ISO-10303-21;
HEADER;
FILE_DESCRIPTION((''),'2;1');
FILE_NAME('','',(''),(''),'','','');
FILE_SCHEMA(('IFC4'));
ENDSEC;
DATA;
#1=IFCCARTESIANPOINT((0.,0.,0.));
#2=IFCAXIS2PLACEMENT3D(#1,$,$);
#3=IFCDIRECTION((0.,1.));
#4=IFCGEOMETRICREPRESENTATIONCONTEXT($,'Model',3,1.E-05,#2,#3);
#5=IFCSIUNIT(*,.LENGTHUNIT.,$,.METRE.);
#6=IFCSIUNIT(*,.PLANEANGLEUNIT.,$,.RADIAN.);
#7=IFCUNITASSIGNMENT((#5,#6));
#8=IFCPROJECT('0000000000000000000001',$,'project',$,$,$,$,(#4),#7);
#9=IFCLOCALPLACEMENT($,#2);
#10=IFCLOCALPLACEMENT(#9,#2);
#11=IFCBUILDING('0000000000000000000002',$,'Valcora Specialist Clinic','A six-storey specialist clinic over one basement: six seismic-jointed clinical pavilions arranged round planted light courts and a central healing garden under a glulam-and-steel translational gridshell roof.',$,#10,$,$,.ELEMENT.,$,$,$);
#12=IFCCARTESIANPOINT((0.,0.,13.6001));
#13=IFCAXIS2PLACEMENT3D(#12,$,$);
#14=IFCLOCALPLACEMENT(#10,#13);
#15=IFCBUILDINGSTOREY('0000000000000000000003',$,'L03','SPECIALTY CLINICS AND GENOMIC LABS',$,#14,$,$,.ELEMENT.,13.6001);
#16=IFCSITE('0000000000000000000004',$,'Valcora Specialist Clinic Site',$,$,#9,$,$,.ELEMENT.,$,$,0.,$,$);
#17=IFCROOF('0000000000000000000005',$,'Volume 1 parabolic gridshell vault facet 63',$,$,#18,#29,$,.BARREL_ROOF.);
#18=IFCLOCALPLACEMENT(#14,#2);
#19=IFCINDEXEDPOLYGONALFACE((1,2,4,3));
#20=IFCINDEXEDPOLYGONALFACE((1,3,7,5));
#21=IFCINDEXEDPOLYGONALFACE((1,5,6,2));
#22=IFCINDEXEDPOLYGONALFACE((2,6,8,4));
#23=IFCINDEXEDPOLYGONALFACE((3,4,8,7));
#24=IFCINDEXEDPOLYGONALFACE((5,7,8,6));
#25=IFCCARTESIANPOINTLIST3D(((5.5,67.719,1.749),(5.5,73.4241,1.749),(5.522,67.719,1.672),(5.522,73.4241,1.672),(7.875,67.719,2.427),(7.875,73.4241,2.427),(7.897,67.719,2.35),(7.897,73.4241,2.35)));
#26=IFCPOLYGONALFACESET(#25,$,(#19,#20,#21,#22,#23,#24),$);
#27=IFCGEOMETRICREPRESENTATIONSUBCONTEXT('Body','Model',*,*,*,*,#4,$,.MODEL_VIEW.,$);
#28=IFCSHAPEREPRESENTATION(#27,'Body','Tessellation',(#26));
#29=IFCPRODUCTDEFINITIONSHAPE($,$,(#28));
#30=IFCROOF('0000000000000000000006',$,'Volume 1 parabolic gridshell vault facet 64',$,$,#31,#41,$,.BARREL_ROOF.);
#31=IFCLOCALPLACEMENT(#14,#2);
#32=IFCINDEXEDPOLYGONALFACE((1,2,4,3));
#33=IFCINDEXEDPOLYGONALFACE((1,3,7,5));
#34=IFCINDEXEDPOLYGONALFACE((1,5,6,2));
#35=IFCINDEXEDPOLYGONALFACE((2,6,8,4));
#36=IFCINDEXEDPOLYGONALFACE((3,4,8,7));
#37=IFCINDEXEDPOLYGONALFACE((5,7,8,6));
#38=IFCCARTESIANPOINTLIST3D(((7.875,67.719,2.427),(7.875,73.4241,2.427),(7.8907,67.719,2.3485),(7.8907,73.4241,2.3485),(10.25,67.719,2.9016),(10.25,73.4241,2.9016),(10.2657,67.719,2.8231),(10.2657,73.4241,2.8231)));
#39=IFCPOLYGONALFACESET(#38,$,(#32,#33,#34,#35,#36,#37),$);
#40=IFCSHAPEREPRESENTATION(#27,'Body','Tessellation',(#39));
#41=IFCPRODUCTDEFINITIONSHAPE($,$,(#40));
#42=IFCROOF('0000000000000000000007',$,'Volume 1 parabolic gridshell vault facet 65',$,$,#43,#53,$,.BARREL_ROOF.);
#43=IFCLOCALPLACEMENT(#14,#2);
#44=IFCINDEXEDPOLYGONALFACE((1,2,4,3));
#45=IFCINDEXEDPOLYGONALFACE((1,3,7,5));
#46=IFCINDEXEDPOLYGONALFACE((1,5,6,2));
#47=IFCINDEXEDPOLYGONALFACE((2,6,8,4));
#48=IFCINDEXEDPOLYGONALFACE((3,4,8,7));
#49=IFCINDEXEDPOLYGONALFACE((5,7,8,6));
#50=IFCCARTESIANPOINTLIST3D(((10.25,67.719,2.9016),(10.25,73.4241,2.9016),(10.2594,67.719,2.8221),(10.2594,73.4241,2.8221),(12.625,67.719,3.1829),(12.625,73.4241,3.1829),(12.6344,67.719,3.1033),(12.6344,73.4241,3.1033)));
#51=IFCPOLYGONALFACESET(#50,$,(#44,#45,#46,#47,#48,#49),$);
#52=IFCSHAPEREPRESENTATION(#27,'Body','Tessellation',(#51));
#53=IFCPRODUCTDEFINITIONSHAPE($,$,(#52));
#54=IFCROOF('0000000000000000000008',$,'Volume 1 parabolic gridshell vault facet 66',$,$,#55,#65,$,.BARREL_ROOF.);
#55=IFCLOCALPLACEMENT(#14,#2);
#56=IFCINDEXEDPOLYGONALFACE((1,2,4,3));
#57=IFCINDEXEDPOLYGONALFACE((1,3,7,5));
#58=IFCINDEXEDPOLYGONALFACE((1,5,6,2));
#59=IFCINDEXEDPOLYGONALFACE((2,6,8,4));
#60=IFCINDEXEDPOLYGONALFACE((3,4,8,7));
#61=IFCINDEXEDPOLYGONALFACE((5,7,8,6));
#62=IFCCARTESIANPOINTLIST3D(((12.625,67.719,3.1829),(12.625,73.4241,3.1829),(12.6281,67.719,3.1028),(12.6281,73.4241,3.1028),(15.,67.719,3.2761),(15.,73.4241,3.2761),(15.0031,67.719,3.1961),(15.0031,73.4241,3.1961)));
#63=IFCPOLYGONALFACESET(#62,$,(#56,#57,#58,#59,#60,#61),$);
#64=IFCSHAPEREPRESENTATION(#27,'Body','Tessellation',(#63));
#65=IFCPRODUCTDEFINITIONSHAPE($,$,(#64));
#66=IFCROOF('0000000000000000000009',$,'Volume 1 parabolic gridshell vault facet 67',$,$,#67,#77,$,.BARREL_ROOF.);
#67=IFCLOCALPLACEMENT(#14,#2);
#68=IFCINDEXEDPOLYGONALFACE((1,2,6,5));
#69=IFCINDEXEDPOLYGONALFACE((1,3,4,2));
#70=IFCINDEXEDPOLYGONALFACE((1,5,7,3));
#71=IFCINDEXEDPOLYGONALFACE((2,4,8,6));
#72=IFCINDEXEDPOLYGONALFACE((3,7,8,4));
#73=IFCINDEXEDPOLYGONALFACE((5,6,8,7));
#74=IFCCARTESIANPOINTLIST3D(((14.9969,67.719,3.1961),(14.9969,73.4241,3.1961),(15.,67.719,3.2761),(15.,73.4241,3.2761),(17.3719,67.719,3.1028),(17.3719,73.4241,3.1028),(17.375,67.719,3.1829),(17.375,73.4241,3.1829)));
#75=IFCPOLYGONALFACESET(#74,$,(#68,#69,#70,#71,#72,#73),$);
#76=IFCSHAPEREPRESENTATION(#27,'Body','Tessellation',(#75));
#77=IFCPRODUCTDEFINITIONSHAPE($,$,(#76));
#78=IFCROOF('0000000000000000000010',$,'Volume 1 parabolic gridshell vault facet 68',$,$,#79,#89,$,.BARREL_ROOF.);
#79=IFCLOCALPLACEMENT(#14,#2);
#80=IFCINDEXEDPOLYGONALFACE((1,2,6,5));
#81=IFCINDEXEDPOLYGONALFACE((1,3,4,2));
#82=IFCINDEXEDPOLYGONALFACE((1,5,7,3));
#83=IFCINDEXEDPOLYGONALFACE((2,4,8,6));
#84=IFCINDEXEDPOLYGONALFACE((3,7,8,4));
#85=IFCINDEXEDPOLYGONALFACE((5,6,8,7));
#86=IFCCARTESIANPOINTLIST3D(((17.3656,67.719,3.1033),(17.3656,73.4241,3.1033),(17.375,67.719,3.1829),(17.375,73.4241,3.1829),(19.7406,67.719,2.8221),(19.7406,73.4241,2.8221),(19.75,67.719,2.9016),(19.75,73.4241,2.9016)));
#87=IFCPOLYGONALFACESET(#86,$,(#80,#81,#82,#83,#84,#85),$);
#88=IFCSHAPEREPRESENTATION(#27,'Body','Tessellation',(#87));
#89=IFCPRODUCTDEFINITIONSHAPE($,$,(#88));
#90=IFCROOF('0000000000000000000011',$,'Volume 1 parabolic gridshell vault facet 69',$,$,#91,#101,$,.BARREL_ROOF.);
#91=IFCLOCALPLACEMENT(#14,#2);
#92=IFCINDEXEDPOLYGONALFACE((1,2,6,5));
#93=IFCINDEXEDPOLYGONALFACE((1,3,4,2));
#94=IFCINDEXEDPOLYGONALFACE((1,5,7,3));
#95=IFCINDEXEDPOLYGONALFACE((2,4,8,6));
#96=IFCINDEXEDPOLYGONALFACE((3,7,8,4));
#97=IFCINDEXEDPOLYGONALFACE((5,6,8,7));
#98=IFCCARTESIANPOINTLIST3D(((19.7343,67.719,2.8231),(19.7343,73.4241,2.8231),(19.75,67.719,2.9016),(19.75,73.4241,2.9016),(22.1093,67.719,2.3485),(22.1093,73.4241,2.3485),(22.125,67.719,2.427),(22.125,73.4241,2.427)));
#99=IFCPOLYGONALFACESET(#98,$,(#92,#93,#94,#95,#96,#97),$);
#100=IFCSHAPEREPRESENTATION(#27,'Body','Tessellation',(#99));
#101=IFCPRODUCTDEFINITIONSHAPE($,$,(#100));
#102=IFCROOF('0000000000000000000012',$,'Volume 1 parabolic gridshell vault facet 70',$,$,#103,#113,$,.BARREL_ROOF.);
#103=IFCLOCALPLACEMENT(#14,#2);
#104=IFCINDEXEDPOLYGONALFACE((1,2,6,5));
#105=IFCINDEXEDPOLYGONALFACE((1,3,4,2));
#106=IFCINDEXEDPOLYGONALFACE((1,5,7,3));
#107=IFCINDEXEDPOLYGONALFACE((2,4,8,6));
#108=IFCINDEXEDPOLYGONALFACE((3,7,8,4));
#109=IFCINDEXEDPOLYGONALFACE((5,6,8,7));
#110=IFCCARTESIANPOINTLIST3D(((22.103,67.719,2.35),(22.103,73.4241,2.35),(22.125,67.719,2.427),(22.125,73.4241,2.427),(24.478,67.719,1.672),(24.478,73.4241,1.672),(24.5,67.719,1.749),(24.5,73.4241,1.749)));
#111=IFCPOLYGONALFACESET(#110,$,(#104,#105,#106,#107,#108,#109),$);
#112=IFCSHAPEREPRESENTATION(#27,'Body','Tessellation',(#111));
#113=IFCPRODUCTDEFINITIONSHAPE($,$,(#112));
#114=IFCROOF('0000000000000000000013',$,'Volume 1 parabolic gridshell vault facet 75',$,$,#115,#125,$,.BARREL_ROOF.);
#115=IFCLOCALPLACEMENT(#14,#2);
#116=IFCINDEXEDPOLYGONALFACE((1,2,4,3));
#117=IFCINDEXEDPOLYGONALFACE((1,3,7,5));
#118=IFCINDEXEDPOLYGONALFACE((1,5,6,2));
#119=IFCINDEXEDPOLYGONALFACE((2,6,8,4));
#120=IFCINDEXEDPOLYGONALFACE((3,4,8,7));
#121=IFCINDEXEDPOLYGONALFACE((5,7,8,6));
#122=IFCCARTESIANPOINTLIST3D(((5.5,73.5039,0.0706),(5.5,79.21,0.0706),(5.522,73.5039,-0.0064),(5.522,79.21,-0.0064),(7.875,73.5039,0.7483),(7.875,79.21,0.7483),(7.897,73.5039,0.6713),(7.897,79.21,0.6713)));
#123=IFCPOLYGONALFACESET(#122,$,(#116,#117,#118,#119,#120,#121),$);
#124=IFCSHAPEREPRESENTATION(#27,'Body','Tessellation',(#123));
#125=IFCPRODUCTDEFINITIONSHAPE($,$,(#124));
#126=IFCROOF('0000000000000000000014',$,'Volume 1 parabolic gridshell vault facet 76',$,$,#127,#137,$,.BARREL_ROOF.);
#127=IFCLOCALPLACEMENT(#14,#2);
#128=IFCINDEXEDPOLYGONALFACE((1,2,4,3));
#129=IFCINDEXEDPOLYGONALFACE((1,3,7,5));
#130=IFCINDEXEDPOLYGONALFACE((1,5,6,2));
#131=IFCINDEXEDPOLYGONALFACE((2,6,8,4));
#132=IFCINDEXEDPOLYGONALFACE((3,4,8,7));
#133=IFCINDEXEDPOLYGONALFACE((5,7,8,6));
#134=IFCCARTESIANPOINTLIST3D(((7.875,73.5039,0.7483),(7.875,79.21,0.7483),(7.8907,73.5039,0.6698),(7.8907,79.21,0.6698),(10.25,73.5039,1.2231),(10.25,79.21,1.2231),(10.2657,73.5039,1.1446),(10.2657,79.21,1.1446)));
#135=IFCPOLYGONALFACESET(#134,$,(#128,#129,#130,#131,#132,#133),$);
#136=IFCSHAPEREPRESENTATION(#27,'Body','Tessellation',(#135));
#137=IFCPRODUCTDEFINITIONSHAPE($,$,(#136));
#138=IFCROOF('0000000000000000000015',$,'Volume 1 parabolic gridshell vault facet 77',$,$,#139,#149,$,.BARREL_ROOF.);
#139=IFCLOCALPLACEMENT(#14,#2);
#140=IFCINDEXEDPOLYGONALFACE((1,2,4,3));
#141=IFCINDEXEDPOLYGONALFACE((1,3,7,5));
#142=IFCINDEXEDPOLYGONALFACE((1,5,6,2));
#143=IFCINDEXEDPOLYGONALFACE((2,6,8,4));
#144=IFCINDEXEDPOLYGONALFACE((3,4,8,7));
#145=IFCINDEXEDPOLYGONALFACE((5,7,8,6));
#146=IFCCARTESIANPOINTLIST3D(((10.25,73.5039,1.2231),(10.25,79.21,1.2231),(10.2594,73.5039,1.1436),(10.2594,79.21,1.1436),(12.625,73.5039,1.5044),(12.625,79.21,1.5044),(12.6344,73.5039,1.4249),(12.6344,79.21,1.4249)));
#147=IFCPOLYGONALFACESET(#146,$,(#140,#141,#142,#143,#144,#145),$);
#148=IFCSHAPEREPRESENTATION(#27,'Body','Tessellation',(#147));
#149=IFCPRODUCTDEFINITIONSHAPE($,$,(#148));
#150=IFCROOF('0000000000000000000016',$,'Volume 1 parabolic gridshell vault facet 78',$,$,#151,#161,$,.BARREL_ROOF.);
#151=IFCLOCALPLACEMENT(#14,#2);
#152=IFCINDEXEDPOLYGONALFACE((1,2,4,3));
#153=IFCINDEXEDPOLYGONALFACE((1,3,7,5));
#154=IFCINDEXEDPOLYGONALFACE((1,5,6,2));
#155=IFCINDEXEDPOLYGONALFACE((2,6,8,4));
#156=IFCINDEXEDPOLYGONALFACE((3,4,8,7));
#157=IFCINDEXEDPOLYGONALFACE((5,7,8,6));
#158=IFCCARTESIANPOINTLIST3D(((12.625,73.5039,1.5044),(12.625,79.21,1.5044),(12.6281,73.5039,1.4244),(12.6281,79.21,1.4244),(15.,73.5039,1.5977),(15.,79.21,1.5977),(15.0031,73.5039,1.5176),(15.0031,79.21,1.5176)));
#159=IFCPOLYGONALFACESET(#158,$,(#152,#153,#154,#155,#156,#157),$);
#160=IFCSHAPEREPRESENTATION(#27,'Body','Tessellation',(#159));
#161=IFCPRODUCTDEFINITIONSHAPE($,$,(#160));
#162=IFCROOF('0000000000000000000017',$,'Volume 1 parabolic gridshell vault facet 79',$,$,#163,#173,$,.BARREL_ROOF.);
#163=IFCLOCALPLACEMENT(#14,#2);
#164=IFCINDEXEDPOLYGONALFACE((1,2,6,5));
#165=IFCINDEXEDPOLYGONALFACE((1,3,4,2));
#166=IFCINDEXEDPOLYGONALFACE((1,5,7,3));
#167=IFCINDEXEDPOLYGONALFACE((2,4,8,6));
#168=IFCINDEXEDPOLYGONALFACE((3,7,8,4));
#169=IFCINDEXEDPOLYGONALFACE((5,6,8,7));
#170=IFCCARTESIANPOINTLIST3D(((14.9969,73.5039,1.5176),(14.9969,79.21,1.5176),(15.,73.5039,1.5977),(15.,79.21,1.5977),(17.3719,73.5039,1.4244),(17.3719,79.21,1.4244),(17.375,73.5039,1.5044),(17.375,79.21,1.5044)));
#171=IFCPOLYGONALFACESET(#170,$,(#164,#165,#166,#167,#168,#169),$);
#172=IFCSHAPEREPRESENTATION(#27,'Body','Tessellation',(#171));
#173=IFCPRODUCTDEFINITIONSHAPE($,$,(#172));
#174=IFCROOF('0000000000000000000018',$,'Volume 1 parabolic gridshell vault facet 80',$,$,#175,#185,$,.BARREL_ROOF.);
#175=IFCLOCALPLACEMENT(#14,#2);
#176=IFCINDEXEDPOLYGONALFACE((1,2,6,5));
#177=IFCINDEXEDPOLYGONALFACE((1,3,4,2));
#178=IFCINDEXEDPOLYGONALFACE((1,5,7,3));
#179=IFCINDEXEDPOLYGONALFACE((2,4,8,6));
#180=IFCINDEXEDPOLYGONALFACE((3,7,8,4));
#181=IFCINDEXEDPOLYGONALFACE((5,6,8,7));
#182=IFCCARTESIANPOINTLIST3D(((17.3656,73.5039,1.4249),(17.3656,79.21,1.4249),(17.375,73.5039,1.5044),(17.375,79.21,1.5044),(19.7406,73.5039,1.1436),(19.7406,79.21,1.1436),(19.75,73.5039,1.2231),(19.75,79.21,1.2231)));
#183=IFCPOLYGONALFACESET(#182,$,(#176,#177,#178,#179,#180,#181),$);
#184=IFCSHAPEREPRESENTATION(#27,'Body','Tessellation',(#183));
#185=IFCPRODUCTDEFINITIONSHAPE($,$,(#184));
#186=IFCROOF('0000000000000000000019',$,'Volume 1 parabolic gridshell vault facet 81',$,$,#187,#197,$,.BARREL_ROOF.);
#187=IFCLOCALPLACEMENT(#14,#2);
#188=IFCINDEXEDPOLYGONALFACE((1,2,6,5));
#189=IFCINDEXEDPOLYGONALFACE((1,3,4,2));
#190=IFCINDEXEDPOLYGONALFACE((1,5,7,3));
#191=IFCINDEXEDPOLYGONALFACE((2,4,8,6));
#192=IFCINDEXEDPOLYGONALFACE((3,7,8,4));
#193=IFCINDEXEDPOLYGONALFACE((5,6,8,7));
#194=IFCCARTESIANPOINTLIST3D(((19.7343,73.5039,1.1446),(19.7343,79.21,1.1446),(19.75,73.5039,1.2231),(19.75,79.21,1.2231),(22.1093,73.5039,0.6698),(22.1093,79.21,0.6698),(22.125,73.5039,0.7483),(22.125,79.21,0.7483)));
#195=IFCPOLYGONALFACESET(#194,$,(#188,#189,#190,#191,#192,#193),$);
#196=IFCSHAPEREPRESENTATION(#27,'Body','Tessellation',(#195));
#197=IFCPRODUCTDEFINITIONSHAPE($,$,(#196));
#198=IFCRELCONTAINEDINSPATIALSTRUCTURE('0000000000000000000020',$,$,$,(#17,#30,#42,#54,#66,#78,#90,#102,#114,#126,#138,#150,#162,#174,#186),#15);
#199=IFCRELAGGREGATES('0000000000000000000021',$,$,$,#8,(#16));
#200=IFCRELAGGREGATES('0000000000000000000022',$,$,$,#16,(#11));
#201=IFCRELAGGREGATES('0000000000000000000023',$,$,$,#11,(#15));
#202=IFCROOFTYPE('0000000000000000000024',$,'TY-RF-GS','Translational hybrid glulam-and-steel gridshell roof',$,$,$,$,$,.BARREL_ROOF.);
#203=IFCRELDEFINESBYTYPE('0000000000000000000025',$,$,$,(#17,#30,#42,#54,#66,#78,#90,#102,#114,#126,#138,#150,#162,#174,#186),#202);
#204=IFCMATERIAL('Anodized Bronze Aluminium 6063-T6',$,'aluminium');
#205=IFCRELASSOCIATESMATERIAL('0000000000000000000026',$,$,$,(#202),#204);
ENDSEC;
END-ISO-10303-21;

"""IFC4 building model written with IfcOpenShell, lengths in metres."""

from ifc_helpers import new_model, si_unit, direction, frame, origin, place, context, subcontext, project, spatial, polyline, outline, extrude, material, type_object, element, save


model = new_model("IFC4")

# Units and contexts
model_context = context("Model", 3, precision=1e-05, world=origin(), true_north=direction((0.0, 1.0)))
body_context = subcontext(model_context, "Body", "Model", "MODEL_VIEW")
ifc_project = project(units=[si_unit("LENGTHUNIT", "METRE"), si_unit("PLANEANGLEUNIT", "RADIAN")], contexts=[model_context])

# Site, building, storey
site_placement = place(None, origin())
site = spatial("IfcSite", under=ifc_project, at=site_placement, Name="Valcora Specialist Clinic Site", CompositionType="ELEMENT", RefElevation=0.0)
building_placement = place(site_placement, origin())
building = spatial("IfcBuilding", under=site, at=building_placement, Name="Valcora Specialist Clinic", Description="A six-storey specialist clinic over one basement: six seismic-jointed clinical pavilions arranged round planted light courts and a central healing garden under a glulam-and-steel translational gridshell roof.", CompositionType="ELEMENT")
storey_placement = place(building_placement, frame((0.0, 0.0, 13.6001)))
storey = spatial("IfcBuildingStorey", under=building, at=storey_placement, Name="L03", Description="SPECIALTY CLINICS AND GENOMIC LABS", CompositionType="ELEMENT", Elevation=13.6001)

# Roofs
ifc_material_1 = material(Name="Anodized Bronze Aluminium 6063-T6", Category="aluminium")
roof_type = type_object("IfcRoofType", Name="TY-RF-GS", Description="Translational hybrid glulam-and-steel gridshell roof", PredefinedType="BARREL_ROOF", material=ifc_material_1)
roof_1_placement = place(storey_placement, frame((5.5, 67.719, 1.749), z_axis=(-0.274499, 0.0, 0.961587), x_axis=(0.961587, 0.0, 0.274499)))
element("IfcRoof", 1, at=roof_1_placement, inside=storey, type_object=roof_type, Name="Volume 1 parabolic gridshell vault facet 63", PredefinedType="BARREL_ROOF", context=body_context, shape_type="SweptSolid", body=[
    extrude(outline(polyline([(0.0, 0.0), (2.4699, 0.0), (2.4699, 5.7051), (0.0, 5.7051), (0.0, 0.0)])), origin(), (0.0, 0.0, -1.0), 0.0801),
])
roof_2_placement = place(storey_placement, frame((7.875, 67.719, 2.427), z_axis=(-0.195961, 0.0, 0.980612), x_axis=(0.980612, 0.0, 0.195961)))
element("IfcRoof", 2, at=roof_2_placement, inside=storey, type_object=roof_type, Name="Volume 1 parabolic gridshell vault facet 64", PredefinedType="BARREL_ROOF", context=body_context, shape_type="SweptSolid", body=[
    extrude(outline(polyline([(0.0, 0.0), (2.422, 0.0), (2.422, 5.7051), (0.0, 5.7051), (0.0, 0.0)])), origin(), (0.0, 0.0, -1.0), 0.0801),
])
roof_3_placement = place(storey_placement, frame((10.25, 67.719, 2.9016), z_axis=(-0.117599, 0.0, 0.993061), x_axis=(0.993061, 0.0, 0.117599)))
element("IfcRoof", 3, at=roof_3_placement, inside=storey, type_object=roof_type, Name="Volume 1 parabolic gridshell vault facet 65", PredefinedType="BARREL_ROOF", context=body_context, shape_type="SweptSolid", body=[
    extrude(outline(polyline([(0.0, 0.0), (2.3916, 0.0), (2.3916, 5.7051), (0.0, 5.7051), (0.0, 0.0)])), origin(), (0.0, 0.0, -1.0), 0.0801),
])
for number, where, z_axis, x_axis, name in (
    (4, (12.625, 67.719, 3.1829), (-0.039238, 0.0, 0.99923), (0.99923, 0.0, 0.039238), "Volume 1 parabolic gridshell vault facet 66"),
    (5, (15.0, 67.719, 3.2761), (0.039238, 0.0, 0.99923), (0.99923, 0.0, -0.039238), "Volume 1 parabolic gridshell vault facet 67"),
):
    element("IfcRoof", number, at=place(storey_placement, frame(where, z_axis=z_axis, x_axis=x_axis)), inside=storey, type_object=roof_type, Name=name, PredefinedType="BARREL_ROOF", context=body_context, shape_type="SweptSolid", body=[
        extrude(outline(polyline([(0.0, 0.0), (2.3768, 0.0), (2.3768, 5.7051), (0.0, 5.7051), (0.0, 0.0)])), origin(), (0.0, 0.0, -1.0), 0.0801),
    ])
roof_4_placement = place(storey_placement, frame((17.375, 67.719, 3.1829), z_axis=(0.117599, 0.0, 0.993061), x_axis=(0.993061, 0.0, -0.117599)))
element("IfcRoof", 6, at=roof_4_placement, inside=storey, type_object=roof_type, Name="Volume 1 parabolic gridshell vault facet 68", PredefinedType="BARREL_ROOF", context=body_context, shape_type="SweptSolid", body=[
    extrude(outline(polyline([(0.0, 0.0), (2.3916, 0.0), (2.3916, 5.7051), (0.0, 5.7051), (0.0, 0.0)])), origin(), (0.0, 0.0, -1.0), 0.0801),
])
roof_5_placement = place(storey_placement, frame((19.75, 67.719, 2.9016), z_axis=(0.195961, 0.0, 0.980612), x_axis=(0.980612, 0.0, -0.195961)))
element("IfcRoof", 7, at=roof_5_placement, inside=storey, type_object=roof_type, Name="Volume 1 parabolic gridshell vault facet 69", PredefinedType="BARREL_ROOF", context=body_context, shape_type="SweptSolid", body=[
    extrude(outline(polyline([(0.0, 0.0), (2.422, 0.0), (2.422, 5.7051), (0.0, 5.7051), (0.0, 0.0)])), origin(), (0.0, 0.0, -1.0), 0.0801),
])
roof_6_placement = place(storey_placement, frame((22.125, 67.719, 2.427), z_axis=(0.274499, 0.0, 0.961587), x_axis=(0.961587, 0.0, -0.274499)))
element("IfcRoof", 8, at=roof_6_placement, inside=storey, type_object=roof_type, Name="Volume 1 parabolic gridshell vault facet 70", PredefinedType="BARREL_ROOF", context=body_context, shape_type="SweptSolid", body=[
    extrude(outline(polyline([(0.0, 0.0), (2.4699, 0.0), (2.4699, 5.7051), (0.0, 5.7051), (0.0, 0.0)])), origin(), (0.0, 0.0, -1.0), 0.0801),
])
roof_7_placement = place(storey_placement, frame((5.5, 73.5039, 0.0706), z_axis=(-0.274408, 0.0, 0.961613), x_axis=(0.961613, 0.0, 0.274408)))
element("IfcRoof", 9, at=roof_7_placement, inside=storey, type_object=roof_type, Name="Volume 1 parabolic gridshell vault facet 75", PredefinedType="BARREL_ROOF", context=body_context, shape_type="SweptSolid", body=[
    extrude(outline(polyline([(0.0, 0.0), (2.4698, 0.0), (2.4698, 5.7061), (0.0, 5.7061), (0.0, 0.0)])), origin(), (0.0, 0.0, -1.0), 0.0801),
])
roof_8_placement = place(storey_placement, frame((7.875, 73.5039, 0.7483), z_axis=(-0.196058, 0.0, 0.980592), x_axis=(0.980592, 0.0, 0.196058)))
element("IfcRoof", 10, at=roof_8_placement, inside=storey, type_object=roof_type, Name="Volume 1 parabolic gridshell vault facet 76", PredefinedType="BARREL_ROOF", context=body_context, shape_type="SweptSolid", body=[
    extrude(outline(polyline([(0.0, 0.0), (2.422, 0.0), (2.422, 5.7061), (0.0, 5.7061), (0.0, 0.0)])), origin(), (0.0, 0.0, -1.0), 0.0801),
])
roof_9_placement = place(storey_placement, frame((10.25, 73.5039, 1.2231), z_axis=(-0.117599, 0.0, 0.993061), x_axis=(0.993061, 0.0, 0.117599)))
element("IfcRoof", 11, at=roof_9_placement, inside=storey, type_object=roof_type, Name="Volume 1 parabolic gridshell vault facet 77", PredefinedType="BARREL_ROOF", context=body_context, shape_type="SweptSolid", body=[
    extrude(outline(polyline([(0.0, 0.0), (2.3916, 0.0), (2.3916, 5.7061), (0.0, 5.7061), (0.0, 0.0)])), origin(), (0.0, 0.0, -1.0), 0.0801),
])
for number, where, z_axis, x_axis, name in (
    (12, (12.625, 73.5039, 1.5044), (-0.039238, 0.0, 0.99923), (0.99923, 0.0, 0.039238), "Volume 1 parabolic gridshell vault facet 78"),
    (13, (15.0, 73.5039, 1.5977), (0.039238, 0.0, 0.99923), (0.99923, 0.0, -0.039238), "Volume 1 parabolic gridshell vault facet 79"),
):
    element("IfcRoof", number, at=place(storey_placement, frame(where, z_axis=z_axis, x_axis=x_axis)), inside=storey, type_object=roof_type, Name=name, PredefinedType="BARREL_ROOF", context=body_context, shape_type="SweptSolid", body=[
        extrude(outline(polyline([(0.0, 0.0), (2.3768, 0.0), (2.3768, 5.7061), (0.0, 5.7061), (0.0, 0.0)])), origin(), (0.0, 0.0, -1.0), 0.0801),
    ])
roof_10_placement = place(storey_placement, frame((17.375, 73.5039, 1.5044), z_axis=(0.117599, 0.0, 0.993061), x_axis=(0.993061, 0.0, -0.117599)))
element("IfcRoof", 14, at=roof_10_placement, inside=storey, type_object=roof_type, Name="Volume 1 parabolic gridshell vault facet 80", PredefinedType="BARREL_ROOF", context=body_context, shape_type="SweptSolid", body=[
    extrude(outline(polyline([(0.0, 0.0), (2.3916, 0.0), (2.3916, 5.7061), (0.0, 5.7061), (0.0, 0.0)])), origin(), (0.0, 0.0, -1.0), 0.0801),
])
roof_11_placement = place(storey_placement, frame((19.75, 73.5039, 1.2231), z_axis=(0.196058, 0.0, 0.980592), x_axis=(0.980592, 0.0, -0.196058)))
element("IfcRoof", 15, at=roof_11_placement, inside=storey, type_object=roof_type, Name="Volume 1 parabolic gridshell vault facet 81", PredefinedType="BARREL_ROOF", context=body_context, shape_type="SweptSolid", body=[
    extrude(outline(polyline([(0.0, 0.0), (2.422, 0.0), (2.422, 5.7061), (0.0, 5.7061), (0.0, 0.0)])), origin(), (0.0, 0.0, -1.0), 0.0801),
])

save(model, "model.ifc")
